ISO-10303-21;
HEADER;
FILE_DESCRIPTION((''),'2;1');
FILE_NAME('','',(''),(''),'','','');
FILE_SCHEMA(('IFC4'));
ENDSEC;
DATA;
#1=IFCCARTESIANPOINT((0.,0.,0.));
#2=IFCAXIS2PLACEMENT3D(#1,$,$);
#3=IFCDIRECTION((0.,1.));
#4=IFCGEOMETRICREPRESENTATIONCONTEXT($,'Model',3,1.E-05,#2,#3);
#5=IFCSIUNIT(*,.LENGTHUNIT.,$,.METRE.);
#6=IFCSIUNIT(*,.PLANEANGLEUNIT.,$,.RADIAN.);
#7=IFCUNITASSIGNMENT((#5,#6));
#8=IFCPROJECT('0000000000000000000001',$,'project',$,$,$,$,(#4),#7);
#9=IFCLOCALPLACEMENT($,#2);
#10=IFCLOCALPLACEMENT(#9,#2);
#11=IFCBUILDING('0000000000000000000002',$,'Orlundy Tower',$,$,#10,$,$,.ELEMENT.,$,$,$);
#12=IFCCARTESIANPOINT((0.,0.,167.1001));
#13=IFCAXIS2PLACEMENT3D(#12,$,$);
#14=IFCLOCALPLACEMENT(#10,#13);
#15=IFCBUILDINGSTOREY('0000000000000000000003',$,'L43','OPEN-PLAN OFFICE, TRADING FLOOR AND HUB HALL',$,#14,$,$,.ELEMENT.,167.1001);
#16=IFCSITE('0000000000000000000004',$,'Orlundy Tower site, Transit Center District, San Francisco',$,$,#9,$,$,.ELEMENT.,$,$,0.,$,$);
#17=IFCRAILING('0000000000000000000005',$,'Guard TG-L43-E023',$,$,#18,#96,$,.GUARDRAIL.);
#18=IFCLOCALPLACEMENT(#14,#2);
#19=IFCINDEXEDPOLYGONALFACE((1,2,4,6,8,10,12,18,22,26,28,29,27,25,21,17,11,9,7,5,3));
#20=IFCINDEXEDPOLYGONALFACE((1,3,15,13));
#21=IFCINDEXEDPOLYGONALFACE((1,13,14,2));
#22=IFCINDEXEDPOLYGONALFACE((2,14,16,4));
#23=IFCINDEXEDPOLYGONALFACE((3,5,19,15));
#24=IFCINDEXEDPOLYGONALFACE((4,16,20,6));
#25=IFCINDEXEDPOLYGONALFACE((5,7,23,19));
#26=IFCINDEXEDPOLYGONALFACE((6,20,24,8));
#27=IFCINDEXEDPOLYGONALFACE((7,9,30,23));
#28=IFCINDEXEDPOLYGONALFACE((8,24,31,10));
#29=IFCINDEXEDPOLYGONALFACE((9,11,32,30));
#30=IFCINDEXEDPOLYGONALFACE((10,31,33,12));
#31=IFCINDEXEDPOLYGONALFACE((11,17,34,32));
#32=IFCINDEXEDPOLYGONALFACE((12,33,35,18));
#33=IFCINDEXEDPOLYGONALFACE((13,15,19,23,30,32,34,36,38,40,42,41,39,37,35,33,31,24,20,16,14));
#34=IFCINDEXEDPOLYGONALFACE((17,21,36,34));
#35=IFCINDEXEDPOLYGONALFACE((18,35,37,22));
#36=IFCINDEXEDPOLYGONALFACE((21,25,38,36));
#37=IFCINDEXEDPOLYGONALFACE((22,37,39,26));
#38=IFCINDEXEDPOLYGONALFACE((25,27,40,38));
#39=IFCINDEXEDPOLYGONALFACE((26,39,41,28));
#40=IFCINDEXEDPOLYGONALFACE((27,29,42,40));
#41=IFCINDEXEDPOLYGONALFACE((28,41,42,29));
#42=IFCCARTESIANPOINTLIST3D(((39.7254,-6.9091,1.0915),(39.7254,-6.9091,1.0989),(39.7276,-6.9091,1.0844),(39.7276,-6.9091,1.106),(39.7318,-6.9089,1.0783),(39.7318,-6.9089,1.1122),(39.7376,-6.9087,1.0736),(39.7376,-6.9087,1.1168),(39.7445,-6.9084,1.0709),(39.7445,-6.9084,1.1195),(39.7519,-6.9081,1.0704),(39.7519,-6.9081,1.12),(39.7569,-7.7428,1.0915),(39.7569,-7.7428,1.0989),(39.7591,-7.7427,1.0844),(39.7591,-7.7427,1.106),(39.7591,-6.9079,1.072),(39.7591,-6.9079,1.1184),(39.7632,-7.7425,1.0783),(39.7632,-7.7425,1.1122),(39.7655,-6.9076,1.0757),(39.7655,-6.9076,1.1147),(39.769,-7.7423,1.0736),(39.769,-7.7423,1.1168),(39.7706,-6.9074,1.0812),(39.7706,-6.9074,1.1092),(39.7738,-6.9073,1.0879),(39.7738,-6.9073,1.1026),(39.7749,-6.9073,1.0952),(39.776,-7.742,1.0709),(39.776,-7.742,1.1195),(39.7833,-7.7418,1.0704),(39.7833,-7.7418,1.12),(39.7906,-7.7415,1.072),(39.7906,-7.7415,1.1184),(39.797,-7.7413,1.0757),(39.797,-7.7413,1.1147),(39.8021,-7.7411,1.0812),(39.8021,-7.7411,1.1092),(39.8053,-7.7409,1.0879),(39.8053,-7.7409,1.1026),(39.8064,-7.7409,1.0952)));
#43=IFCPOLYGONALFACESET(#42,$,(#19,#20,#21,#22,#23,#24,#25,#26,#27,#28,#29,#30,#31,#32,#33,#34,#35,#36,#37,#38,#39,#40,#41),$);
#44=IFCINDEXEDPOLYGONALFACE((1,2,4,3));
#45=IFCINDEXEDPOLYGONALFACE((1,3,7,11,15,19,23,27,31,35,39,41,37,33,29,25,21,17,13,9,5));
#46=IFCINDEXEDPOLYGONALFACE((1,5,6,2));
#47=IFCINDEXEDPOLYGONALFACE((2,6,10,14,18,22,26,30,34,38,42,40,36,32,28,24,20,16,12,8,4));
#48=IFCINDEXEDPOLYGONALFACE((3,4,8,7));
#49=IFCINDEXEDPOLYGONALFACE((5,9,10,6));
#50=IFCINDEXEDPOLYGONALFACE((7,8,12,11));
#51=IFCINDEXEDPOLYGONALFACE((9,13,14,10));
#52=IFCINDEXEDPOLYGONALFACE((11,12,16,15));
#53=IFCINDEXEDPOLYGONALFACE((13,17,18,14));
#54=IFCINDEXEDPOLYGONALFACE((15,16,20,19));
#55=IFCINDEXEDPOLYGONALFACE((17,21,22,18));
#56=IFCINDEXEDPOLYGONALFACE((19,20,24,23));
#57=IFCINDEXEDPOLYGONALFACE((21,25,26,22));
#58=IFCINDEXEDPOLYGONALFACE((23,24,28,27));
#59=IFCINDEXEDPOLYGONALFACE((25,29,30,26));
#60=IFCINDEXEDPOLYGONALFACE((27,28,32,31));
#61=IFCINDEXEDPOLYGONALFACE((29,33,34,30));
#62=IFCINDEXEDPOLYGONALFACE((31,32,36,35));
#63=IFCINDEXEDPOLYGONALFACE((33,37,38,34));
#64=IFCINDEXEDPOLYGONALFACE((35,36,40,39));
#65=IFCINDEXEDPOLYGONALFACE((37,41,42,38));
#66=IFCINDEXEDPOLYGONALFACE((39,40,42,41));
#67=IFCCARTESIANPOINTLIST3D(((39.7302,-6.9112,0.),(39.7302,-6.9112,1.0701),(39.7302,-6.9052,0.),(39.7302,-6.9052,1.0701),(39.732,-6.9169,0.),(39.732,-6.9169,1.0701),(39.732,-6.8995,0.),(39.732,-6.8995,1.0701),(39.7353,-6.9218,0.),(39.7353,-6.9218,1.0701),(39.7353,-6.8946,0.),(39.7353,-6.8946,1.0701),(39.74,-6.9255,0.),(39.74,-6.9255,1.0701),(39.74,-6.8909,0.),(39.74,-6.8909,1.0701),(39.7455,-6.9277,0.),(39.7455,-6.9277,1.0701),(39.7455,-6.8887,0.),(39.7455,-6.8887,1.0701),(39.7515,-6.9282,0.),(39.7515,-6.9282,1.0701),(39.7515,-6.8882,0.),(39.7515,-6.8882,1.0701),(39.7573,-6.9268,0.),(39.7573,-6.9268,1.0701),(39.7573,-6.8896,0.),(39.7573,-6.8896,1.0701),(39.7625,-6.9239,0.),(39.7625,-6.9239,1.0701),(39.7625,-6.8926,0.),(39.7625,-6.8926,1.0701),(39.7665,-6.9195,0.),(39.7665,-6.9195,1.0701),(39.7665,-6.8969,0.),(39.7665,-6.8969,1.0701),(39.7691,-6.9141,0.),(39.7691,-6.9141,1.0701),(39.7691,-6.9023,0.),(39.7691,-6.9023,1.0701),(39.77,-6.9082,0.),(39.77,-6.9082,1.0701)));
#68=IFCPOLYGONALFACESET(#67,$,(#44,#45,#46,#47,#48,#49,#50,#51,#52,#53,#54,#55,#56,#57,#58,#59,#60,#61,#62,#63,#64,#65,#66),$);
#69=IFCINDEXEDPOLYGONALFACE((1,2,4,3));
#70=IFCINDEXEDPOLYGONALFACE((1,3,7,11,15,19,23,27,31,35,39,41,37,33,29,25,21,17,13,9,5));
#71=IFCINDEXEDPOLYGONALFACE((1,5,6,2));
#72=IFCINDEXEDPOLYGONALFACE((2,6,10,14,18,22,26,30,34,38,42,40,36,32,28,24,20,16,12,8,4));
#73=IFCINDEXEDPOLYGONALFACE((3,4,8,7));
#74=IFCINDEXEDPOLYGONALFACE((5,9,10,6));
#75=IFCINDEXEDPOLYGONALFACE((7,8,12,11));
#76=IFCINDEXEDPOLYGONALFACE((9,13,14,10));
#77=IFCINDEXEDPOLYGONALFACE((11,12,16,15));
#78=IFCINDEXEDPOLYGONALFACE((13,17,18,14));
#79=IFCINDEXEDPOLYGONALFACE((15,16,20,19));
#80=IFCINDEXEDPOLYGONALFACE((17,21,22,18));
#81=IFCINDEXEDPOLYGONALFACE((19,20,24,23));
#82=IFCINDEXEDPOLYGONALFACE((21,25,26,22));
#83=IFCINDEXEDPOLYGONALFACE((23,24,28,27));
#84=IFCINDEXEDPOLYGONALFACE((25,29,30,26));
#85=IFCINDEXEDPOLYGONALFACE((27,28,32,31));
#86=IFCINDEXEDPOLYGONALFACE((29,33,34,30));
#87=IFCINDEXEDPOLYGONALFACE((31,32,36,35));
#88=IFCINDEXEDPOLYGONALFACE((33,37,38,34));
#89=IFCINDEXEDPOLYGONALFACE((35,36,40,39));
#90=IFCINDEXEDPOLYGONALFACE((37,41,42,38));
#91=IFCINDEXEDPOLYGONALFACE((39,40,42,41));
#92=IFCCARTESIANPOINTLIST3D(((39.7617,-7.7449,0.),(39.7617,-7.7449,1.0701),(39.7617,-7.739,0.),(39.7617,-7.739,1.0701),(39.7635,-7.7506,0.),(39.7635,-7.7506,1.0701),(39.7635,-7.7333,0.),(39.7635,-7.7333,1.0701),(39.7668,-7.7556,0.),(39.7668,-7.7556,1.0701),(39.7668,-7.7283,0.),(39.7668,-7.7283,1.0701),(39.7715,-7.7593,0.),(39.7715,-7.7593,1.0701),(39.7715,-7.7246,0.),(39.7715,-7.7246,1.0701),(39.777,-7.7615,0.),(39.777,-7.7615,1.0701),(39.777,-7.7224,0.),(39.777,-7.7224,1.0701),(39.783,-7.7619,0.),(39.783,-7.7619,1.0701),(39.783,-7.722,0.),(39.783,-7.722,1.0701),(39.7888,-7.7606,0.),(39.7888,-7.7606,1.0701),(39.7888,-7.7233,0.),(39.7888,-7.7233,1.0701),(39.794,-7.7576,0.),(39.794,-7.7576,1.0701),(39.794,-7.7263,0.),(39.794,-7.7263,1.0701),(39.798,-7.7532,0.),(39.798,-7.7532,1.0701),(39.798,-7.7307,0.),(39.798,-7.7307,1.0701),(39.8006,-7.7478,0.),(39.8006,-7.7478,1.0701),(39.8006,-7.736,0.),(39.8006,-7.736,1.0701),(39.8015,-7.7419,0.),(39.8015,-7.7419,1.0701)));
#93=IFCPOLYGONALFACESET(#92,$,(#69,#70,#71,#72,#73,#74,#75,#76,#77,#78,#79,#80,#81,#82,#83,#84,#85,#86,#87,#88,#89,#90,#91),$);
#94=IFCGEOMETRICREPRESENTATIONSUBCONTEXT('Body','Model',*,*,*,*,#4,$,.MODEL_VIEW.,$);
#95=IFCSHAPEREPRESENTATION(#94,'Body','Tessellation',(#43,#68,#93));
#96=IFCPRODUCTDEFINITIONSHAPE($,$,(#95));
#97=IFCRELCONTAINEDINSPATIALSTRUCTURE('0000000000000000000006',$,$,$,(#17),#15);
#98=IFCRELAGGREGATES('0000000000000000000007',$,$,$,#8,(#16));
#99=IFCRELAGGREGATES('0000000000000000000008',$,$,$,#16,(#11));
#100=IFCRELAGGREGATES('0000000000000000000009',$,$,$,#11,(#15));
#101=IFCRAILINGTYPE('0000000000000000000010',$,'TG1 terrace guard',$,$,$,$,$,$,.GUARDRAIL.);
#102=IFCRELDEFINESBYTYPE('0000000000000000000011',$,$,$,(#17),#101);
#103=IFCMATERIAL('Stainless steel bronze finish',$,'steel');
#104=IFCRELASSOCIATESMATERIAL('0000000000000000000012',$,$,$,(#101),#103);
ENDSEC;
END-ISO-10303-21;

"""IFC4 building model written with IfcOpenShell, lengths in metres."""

from ifc_helpers import new_model, si_unit, direction, frame, origin, origin_2d, place, context, subcontext, project, spatial, circle, extrude, material, type_object, element, save


model = new_model("IFC4")

# Units and contexts
model_context = context("Model", 3, precision=1e-05, world=origin(), true_north=direction((0.0, 1.0)))
body_context = subcontext(model_context, "Body", "Model", "MODEL_VIEW")
ifc_project = project(units=[si_unit("LENGTHUNIT", "METRE"), si_unit("PLANEANGLEUNIT", "RADIAN")], contexts=[model_context])

# Site, building, storey
site_placement = place(None, origin())
site = spatial("IfcSite", under=ifc_project, at=site_placement, Name="Orlundy Tower site, Transit Center District, San Francisco", CompositionType="ELEMENT", RefElevation=0.0)
building_placement = place(site_placement, origin())
building = spatial("IfcBuilding", under=site, at=building_placement, Name="Orlundy Tower", CompositionType="ELEMENT")
storey_placement = place(building_placement, frame((0.0, 0.0, 167.1001)))
storey = spatial("IfcBuildingStorey", under=building, at=storey_placement, Name="L43", Description="OPEN-PLAN OFFICE, TRADING FLOOR AND HUB HALL", CompositionType="ELEMENT", Elevation=167.1001)

# Railing
ifc_material_1 = material(Name="Stainless steel bronze finish", Category="steel")
railing_type = type_object("IfcRailingType", Name="TG1 terrace guard", PredefinedType="GUARDRAIL", material=ifc_material_1)
railing_1_placement = place(storey_placement, frame((39.75, -6.9082, 0.0)))
element("IfcRailing", 1, at=railing_1_placement, inside=storey, type_object=railing_type, Name="Guard TG-L43-E023", PredefinedType="GUARDRAIL", context=body_context, shape_type="SweptSolid", body=[
    extrude(circle(Radius=0.0249, at=origin_2d()), frame((0.0, 0.0, 1.0952), z_axis=(0.037748, -0.999287, 0.0), x_axis=(0.999287, 0.037748, 0.0)), (0.0, 0.0, 1.0), 0.8342),
    extrude(circle(Radius=0.02, at=origin_2d()), origin(), (0.0, 0.0, 1.0), 1.0701),
    extrude(circle(Radius=0.02, at=origin_2d()), frame((0.0315, -0.8337, 0.0)), (0.0, 0.0, 1.0), 1.0701),
])

save(model, "model.ifc")
